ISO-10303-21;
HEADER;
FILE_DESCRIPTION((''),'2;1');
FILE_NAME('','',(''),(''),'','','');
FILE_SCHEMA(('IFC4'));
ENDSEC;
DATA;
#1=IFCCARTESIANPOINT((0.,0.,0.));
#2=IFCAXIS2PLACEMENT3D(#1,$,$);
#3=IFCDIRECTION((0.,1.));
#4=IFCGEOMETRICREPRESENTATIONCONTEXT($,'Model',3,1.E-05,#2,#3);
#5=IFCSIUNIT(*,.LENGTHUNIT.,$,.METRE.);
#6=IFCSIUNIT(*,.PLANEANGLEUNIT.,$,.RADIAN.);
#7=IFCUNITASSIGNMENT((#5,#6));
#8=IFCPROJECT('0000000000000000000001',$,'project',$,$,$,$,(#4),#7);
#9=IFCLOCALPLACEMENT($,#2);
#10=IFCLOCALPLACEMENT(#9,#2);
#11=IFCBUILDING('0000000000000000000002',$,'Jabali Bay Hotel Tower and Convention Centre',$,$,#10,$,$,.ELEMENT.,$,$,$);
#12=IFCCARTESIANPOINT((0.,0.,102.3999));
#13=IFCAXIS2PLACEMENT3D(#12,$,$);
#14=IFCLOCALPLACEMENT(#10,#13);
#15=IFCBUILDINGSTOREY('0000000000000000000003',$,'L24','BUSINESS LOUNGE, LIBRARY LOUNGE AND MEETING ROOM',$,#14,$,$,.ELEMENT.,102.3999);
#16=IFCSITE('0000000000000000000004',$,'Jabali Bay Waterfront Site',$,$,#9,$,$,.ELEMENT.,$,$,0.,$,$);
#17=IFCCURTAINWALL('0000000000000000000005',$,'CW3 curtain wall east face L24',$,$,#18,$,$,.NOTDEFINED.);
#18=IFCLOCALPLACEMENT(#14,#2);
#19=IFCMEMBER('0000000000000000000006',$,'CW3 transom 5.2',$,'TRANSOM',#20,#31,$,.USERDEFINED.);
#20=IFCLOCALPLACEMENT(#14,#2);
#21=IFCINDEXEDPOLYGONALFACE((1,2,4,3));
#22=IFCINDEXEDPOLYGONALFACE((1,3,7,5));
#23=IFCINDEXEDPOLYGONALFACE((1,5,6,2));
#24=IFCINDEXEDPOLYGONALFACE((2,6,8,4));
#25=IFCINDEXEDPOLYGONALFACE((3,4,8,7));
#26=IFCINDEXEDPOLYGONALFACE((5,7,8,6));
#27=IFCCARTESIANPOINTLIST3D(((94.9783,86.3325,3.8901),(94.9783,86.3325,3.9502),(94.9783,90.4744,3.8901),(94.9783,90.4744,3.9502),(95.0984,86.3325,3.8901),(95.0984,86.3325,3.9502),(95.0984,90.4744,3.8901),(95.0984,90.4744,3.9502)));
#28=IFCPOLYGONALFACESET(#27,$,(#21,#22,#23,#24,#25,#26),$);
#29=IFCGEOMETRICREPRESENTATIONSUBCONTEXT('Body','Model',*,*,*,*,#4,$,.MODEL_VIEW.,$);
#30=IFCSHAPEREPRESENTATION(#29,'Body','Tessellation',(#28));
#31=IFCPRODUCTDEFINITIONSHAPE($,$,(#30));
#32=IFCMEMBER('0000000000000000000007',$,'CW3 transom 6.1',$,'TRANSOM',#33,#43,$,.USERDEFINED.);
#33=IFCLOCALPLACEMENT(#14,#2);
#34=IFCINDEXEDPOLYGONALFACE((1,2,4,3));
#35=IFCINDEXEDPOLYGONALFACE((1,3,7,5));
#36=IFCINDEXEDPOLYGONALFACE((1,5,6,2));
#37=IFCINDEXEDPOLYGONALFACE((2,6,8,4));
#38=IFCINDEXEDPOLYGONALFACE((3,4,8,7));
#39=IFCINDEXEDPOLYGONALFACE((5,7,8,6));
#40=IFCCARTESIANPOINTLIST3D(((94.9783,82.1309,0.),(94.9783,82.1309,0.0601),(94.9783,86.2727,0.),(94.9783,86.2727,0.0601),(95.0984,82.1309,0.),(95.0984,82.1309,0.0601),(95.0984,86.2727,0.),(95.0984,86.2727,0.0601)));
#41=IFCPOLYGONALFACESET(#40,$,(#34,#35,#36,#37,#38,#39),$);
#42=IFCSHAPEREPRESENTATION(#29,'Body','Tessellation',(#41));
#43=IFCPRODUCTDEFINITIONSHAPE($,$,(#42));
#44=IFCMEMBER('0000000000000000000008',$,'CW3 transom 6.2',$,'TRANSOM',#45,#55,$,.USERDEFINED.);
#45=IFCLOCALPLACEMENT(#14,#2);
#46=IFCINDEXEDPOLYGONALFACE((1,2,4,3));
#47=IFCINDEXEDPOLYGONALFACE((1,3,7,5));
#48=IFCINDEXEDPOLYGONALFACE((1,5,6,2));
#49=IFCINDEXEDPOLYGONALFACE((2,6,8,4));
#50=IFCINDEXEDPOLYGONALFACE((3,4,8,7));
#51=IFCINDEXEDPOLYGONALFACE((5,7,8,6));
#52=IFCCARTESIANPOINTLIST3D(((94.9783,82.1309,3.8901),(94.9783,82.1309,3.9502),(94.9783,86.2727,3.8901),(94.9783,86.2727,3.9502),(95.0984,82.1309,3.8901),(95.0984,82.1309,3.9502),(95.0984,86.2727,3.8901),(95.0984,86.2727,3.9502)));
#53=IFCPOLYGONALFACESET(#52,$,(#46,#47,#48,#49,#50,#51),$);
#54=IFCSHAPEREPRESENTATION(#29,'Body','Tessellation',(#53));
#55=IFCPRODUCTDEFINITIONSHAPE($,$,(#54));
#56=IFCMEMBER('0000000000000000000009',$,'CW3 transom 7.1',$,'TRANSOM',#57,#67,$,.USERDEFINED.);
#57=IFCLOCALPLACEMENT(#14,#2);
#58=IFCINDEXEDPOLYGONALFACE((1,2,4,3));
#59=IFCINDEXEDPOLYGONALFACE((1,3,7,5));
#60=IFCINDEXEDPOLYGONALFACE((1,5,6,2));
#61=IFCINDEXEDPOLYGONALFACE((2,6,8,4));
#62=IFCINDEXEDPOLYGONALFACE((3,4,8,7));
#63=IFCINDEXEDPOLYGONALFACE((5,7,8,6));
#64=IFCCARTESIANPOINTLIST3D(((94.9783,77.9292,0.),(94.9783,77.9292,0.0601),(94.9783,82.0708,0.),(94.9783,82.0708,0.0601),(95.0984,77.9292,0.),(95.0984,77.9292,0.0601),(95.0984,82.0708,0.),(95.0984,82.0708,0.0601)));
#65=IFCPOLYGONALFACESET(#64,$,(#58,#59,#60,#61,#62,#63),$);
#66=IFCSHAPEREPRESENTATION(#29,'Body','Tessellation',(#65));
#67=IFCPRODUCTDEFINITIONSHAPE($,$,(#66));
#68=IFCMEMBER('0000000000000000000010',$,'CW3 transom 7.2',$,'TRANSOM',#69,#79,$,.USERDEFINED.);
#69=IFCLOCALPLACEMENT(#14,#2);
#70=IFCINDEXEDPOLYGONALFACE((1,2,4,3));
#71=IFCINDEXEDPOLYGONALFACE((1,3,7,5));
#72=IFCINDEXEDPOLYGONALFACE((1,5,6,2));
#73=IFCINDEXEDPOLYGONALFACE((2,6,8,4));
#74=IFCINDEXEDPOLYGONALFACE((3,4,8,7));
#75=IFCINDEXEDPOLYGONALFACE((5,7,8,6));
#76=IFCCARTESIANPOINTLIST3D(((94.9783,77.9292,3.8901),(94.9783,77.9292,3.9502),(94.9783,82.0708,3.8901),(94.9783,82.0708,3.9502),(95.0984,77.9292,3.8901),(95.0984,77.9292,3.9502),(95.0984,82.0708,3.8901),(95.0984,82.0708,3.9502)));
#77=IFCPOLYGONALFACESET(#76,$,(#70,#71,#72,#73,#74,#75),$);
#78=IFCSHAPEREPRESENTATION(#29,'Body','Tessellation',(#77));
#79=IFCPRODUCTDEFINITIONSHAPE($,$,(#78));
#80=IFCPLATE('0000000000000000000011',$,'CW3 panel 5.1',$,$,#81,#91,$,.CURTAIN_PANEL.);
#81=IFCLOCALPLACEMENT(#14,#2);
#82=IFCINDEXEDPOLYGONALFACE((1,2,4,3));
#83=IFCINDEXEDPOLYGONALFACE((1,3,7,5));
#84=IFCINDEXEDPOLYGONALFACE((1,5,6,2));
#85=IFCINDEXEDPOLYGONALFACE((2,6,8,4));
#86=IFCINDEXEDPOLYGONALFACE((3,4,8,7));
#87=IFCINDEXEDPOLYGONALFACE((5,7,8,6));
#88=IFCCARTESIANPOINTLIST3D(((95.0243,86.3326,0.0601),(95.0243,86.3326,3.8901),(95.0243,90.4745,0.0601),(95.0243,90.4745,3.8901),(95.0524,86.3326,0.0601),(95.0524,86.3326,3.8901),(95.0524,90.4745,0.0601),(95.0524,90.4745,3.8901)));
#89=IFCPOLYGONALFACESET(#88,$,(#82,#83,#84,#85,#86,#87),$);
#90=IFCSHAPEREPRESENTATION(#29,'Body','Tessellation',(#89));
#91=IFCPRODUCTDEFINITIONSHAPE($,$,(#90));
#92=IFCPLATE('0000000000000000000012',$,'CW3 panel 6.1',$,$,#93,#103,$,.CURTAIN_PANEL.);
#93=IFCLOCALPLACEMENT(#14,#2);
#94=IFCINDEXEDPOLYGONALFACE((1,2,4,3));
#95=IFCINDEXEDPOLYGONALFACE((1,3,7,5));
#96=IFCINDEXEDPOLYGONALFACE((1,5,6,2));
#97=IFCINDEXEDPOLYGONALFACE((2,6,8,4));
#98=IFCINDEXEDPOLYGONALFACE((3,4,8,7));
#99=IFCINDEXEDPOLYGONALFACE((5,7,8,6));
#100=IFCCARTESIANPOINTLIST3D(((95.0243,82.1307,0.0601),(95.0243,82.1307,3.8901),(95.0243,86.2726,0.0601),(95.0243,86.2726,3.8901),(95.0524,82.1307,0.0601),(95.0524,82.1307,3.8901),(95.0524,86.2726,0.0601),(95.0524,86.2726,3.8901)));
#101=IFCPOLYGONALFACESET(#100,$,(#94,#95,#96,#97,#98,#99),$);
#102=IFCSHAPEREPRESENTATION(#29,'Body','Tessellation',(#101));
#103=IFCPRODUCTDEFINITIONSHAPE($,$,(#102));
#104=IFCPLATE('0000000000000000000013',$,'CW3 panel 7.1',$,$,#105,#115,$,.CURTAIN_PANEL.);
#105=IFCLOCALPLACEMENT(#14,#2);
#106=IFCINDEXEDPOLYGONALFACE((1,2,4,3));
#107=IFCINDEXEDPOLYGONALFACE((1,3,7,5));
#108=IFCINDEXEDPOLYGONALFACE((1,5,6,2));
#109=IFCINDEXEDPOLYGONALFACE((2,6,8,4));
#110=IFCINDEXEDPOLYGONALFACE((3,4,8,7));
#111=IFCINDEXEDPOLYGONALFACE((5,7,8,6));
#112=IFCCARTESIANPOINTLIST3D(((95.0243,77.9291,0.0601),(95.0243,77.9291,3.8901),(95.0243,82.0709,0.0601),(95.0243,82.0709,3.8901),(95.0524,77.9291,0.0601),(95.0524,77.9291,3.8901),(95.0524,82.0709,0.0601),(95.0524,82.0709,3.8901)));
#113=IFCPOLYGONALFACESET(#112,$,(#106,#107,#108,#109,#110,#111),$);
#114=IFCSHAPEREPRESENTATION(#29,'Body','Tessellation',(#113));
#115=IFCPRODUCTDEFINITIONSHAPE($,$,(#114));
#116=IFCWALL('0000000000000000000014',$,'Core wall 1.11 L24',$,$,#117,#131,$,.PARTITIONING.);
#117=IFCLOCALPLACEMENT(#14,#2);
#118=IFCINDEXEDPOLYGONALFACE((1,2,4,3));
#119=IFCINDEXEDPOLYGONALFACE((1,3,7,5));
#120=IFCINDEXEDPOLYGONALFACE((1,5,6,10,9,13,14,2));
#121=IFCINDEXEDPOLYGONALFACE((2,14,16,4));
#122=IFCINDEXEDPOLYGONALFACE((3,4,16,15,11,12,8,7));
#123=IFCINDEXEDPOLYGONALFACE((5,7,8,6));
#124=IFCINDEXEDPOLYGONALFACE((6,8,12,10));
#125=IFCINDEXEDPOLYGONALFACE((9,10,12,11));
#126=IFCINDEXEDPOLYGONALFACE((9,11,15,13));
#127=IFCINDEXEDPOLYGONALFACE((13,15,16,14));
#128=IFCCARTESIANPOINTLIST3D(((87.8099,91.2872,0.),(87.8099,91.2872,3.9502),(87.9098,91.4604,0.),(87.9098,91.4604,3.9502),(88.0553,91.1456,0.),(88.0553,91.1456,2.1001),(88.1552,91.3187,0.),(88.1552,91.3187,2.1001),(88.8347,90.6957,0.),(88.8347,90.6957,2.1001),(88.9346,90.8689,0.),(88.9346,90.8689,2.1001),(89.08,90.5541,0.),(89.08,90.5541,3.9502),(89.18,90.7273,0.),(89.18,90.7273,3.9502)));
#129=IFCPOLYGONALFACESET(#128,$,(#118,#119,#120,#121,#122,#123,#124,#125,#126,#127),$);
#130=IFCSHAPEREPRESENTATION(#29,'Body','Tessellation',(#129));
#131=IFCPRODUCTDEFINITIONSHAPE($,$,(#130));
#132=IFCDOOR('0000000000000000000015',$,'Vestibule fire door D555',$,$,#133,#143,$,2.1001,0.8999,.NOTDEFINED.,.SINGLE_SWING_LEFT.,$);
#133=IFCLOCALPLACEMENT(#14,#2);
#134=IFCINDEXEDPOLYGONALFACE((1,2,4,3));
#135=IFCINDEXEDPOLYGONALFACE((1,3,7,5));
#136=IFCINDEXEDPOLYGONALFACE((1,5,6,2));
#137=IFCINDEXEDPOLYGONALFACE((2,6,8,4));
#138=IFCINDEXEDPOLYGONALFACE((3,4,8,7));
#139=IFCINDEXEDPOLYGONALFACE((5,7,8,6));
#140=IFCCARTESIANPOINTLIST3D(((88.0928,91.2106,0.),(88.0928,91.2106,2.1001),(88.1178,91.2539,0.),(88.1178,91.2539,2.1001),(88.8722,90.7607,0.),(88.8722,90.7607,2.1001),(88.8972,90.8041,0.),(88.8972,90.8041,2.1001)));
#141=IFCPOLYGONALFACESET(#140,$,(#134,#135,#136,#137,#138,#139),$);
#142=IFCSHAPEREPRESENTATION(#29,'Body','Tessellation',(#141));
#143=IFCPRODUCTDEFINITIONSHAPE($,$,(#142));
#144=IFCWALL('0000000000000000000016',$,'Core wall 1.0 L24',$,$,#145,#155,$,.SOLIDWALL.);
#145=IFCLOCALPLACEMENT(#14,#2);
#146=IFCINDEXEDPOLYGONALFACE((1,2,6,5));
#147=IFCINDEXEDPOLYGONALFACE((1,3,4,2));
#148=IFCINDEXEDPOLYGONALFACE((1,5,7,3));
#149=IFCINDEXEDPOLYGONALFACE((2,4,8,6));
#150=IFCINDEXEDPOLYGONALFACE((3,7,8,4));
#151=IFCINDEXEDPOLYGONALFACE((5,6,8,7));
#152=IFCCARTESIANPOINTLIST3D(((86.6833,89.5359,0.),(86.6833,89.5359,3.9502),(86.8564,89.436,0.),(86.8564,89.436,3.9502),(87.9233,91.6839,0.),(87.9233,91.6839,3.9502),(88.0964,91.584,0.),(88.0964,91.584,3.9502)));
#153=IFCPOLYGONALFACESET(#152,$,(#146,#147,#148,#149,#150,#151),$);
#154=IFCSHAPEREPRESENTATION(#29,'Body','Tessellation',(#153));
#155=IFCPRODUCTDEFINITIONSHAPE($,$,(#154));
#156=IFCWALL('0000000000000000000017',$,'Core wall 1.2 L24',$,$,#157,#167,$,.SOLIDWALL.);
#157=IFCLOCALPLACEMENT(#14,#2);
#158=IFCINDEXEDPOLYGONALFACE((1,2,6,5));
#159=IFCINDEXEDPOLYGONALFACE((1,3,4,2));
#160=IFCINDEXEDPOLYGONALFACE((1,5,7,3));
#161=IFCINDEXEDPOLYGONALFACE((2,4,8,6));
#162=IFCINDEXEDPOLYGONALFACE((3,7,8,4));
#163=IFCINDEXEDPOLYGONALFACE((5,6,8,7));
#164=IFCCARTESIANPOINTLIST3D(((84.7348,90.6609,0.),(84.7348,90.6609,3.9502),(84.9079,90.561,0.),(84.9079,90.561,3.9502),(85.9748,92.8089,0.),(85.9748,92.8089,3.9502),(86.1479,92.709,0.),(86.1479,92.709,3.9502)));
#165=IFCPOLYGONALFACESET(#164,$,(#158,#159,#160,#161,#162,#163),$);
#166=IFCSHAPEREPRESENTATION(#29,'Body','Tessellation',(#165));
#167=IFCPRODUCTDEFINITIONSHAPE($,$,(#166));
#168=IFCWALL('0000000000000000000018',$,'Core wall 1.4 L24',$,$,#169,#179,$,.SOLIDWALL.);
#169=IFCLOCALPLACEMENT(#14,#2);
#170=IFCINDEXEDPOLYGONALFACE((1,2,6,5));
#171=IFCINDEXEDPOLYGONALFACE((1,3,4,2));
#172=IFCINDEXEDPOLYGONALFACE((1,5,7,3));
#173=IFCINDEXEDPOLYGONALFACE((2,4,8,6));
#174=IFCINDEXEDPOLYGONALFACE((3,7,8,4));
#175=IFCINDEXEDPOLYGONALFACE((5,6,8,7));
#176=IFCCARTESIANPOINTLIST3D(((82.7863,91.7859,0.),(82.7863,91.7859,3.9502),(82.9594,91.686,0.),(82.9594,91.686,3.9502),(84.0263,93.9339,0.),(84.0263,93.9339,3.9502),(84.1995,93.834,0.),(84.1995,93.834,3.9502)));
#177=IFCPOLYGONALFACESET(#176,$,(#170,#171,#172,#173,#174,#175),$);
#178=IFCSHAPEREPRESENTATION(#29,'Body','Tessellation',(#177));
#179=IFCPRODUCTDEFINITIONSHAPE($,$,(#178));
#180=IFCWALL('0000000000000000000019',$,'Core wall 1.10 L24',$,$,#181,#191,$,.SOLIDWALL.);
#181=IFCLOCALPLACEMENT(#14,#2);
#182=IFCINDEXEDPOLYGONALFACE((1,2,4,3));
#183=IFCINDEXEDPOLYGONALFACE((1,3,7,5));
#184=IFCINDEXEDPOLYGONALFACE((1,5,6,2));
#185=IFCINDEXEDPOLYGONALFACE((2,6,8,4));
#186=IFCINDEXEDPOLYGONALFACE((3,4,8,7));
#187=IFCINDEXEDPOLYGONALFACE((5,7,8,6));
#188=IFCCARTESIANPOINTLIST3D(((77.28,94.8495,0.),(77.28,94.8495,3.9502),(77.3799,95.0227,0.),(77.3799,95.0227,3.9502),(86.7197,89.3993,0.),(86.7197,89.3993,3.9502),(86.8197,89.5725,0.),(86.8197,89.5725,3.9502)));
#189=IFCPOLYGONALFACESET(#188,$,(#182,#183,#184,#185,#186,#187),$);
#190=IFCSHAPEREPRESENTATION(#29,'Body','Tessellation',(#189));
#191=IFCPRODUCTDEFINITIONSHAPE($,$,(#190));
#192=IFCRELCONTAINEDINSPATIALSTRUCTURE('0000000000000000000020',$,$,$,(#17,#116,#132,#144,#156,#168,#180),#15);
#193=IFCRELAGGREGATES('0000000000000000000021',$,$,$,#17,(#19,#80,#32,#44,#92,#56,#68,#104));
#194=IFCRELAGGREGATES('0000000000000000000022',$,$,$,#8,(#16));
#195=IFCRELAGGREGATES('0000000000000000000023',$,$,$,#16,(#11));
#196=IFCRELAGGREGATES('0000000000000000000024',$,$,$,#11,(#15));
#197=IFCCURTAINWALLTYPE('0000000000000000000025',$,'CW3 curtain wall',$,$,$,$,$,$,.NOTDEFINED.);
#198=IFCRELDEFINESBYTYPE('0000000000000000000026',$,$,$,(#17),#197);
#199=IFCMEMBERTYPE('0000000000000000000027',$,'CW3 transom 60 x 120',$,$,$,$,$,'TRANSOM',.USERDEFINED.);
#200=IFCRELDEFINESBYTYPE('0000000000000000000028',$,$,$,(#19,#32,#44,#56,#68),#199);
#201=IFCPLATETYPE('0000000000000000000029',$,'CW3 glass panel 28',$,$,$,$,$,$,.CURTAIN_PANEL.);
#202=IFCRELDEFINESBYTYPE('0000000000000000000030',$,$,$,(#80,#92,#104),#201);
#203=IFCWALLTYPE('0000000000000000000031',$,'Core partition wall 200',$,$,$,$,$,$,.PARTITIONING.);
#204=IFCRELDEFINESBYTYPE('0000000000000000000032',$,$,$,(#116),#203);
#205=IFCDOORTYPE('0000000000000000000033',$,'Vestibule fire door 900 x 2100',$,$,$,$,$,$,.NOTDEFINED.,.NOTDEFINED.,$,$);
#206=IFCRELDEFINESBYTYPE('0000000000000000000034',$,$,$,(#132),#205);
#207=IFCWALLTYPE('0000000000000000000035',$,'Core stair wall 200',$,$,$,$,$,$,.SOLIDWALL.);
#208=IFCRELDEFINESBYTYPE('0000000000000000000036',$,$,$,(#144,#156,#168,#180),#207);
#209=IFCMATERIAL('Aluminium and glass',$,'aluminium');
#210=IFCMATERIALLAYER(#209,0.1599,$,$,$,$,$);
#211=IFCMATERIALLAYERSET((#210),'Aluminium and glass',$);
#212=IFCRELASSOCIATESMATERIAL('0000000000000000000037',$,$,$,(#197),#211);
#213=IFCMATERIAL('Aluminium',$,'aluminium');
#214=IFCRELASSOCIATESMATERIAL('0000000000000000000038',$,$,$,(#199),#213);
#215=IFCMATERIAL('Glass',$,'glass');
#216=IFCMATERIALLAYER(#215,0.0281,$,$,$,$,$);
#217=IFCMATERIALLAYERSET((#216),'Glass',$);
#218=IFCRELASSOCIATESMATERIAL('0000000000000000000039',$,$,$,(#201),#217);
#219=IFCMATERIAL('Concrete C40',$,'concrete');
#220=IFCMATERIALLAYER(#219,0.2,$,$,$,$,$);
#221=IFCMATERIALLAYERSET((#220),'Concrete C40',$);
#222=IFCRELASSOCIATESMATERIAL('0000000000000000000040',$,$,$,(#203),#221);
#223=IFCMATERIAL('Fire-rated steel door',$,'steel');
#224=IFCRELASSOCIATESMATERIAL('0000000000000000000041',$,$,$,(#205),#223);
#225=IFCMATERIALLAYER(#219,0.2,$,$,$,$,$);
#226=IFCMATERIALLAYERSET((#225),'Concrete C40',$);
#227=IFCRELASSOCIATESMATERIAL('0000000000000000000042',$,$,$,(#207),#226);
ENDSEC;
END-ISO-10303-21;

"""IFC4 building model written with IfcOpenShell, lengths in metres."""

from ifc_helpers import new_model, si_unit, direction, frame, frame_2d, origin, origin_2d, place, context, subcontext, project, spatial, rectangle, extrude, material, layer, layer_set, material_profile, profile_set, type_object, element, fill, aggregate, save


model = new_model("IFC4")

# Units and contexts
model_context = context("Model", 3, precision=1e-05, world=origin(), true_north=direction((0.0, 1.0)))
body_context = subcontext(model_context, "Body", "Model", "MODEL_VIEW")
ifc_project = project(units=[si_unit("LENGTHUNIT", "METRE"), si_unit("PLANEANGLEUNIT", "RADIAN")], contexts=[model_context])

# Site, building, storey
site_placement = place(None, origin())
site = spatial("IfcSite", under=ifc_project, at=site_placement, Name="Jabali Bay Waterfront Site", CompositionType="ELEMENT", RefElevation=0.0)
building_placement = place(site_placement, origin())
building = spatial("IfcBuilding", under=site, at=building_placement, Name="Jabali Bay Hotel Tower and Convention Centre", CompositionType="ELEMENT")
storey_placement = place(building_placement, frame((0.0, 0.0, 102.3999)))
storey = spatial("IfcBuildingStorey", under=building, at=storey_placement, Name="L24", Description="BUSINESS LOUNGE, LIBRARY LOUNGE AND MEETING ROOM", CompositionType="ELEMENT", Elevation=102.3999)

# Curtain wall, members, plates
ifc_material_1 = material(Name="Aluminium and glass", Category="aluminium")
ifc_layer_1 = layer(ifc_material_1, 0.1599)
ifc_layer_set_1 = layer_set([ifc_layer_1], Name="Aluminium and glass")
curtain_wall_type = type_object("IfcCurtainWallType", Name="CW3 curtain wall", PredefinedType="NOTDEFINED", material=ifc_layer_set_1)
curtain_wall_placement = place(storey_placement, origin())
curtain_wall = element("IfcCurtainWall", 1, at=curtain_wall_placement, inside=storey, type_object=curtain_wall_type, Name="CW3 curtain wall east face L24", PredefinedType="NOTDEFINED")
ifc_material_2 = material(Name="Aluminium", Category="aluminium")
ifc_material_profile_1 = material_profile(ifc_material_2, rectangle(XDim=0.1201, YDim=0.0601, at=origin_2d()), Name="CW3 transom 60 x 120")
ifc_profile_set_1 = profile_set([ifc_material_profile_1], Name="Aluminium")
member_type_1 = type_object("IfcMemberType", Name="CW3 transom 60 x 120", ElementType="TRANSOM", PredefinedType="USERDEFINED", material=ifc_profile_set_1)
member_1_placement = place(storey_placement, frame((95.0383, 90.4744, 3.9202), z_axis=(0.0, -1.0, 0.0), x_axis=(1.0, 0.0, 0.0)))
member_1 = element("IfcMember", 2, at=member_1_placement, type_object=member_type_1, Name="CW3 transom 5.2", ObjectType="TRANSOM", PredefinedType="USERDEFINED", context=body_context, shape_type="SweptSolid", body=[
    extrude(rectangle(XDim=0.1201, YDim=0.0601, at=origin_2d()), origin(), (0.0, 0.0, 1.0), 4.1418),
])
member_2_placement = place(storey_placement, frame((95.0383, 86.2727, 0.03), z_axis=(0.0, -1.0, 0.0), x_axis=(1.0, 0.0, 0.0)))
member_2 = element("IfcMember", 3, at=member_2_placement, type_object=member_type_1, Name="CW3 transom 6.1", ObjectType="TRANSOM", PredefinedType="USERDEFINED", context=body_context, shape_type="SweptSolid", body=[
    extrude(rectangle(XDim=0.1201, YDim=0.0601, at=origin_2d()), origin(), (0.0, 0.0, 1.0), 4.1418),
])
member_3_placement = place(storey_placement, frame((95.0383, 86.2727, 3.9202), z_axis=(0.0, -1.0, 0.0), x_axis=(1.0, 0.0, 0.0)))
member_3 = element("IfcMember", 4, at=member_3_placement, type_object=member_type_1, Name="CW3 transom 6.2", ObjectType="TRANSOM", PredefinedType="USERDEFINED", context=body_context, shape_type="SweptSolid", body=[
    extrude(rectangle(XDim=0.1201, YDim=0.0601, at=origin_2d()), origin(), (0.0, 0.0, 1.0), 4.1418),
])
member_4_placement = place(storey_placement, frame((95.0383, 82.0708, 0.03), z_axis=(0.0, -1.0, 0.0), x_axis=(1.0, 0.0, 0.0)))
member_4 = element("IfcMember", 5, at=member_4_placement, type_object=member_type_1, Name="CW3 transom 7.1", ObjectType="TRANSOM", PredefinedType="USERDEFINED", context=body_context, shape_type="SweptSolid", body=[
    extrude(rectangle(XDim=0.1201, YDim=0.0601, at=origin_2d()), origin(), (0.0, 0.0, 1.0), 4.1416),
])
member_5_placement = place(storey_placement, frame((95.0383, 82.0708, 3.9202), z_axis=(0.0, -1.0, 0.0), x_axis=(1.0, 0.0, 0.0)))
member_5 = element("IfcMember", 6, at=member_5_placement, type_object=member_type_1, Name="CW3 transom 7.2", ObjectType="TRANSOM", PredefinedType="USERDEFINED", context=body_context, shape_type="SweptSolid", body=[
    extrude(rectangle(XDim=0.1201, YDim=0.0601, at=origin_2d()), origin(), (0.0, 0.0, 1.0), 4.1416),
])
ifc_material_3 = material(Name="Glass", Category="glass")
ifc_layer_2 = layer(ifc_material_3, 0.0281)
ifc_layer_set_2 = layer_set([ifc_layer_2], Name="Glass")
plate_type = type_object("IfcPlateType", Name="CW3 glass panel 28", PredefinedType="CURTAIN_PANEL", material=ifc_layer_set_2)
plate_1_placement = place(storey_placement, frame((95.0383, 88.4036, 0.0601), z_axis=(0.0, 0.0, 1.0), x_axis=(0.0, -1.0, 0.0)))
plate_1 = element("IfcPlate", 7, at=plate_1_placement, type_object=plate_type, Name="CW3 panel 5.1", PredefinedType="CURTAIN_PANEL", context=body_context, shape_type="SweptSolid", body=[
    extrude(rectangle(XDim=4.1418, YDim=0.0281, at=origin_2d()), origin(), (0.0, 0.0, 1.0), 3.8301),
])
plate_2_placement = place(storey_placement, frame((95.0383, 84.2017, 0.0601), z_axis=(0.0, 0.0, 1.0), x_axis=(0.0, -1.0, 0.0)))
plate_2 = element("IfcPlate", 8, at=plate_2_placement, type_object=plate_type, Name="CW3 panel 6.1", PredefinedType="CURTAIN_PANEL", context=body_context, shape_type="SweptSolid", body=[
    extrude(rectangle(XDim=4.1418, YDim=0.0281, at=origin_2d()), origin(), (0.0, 0.0, 1.0), 3.8301),
])
plate_3_placement = place(storey_placement, frame((95.0383, 80.0, 0.0601), z_axis=(0.0, 0.0, 1.0), x_axis=(0.0, -1.0, 0.0)))
plate_3 = element("IfcPlate", 9, at=plate_3_placement, type_object=plate_type, Name="CW3 panel 7.1", PredefinedType="CURTAIN_PANEL", context=body_context, shape_type="SweptSolid", body=[
    extrude(rectangle(XDim=4.1418, YDim=0.0281, at=origin_2d()), origin(), (0.0, 0.0, 1.0), 3.8301),
])
aggregate(curtain_wall, [member_1, plate_1, member_2, member_3, plate_2, member_4, member_5, plate_3])

# Wall, opening, door
ifc_material_4 = material(Name="Concrete C40", Category="concrete")
ifc_layer_3 = layer(ifc_material_4, 0.2)
ifc_layer_set_3 = layer_set([ifc_layer_3], Name="Concrete C40")
wall_type_1 = type_object("IfcWallType", Name="Core partition wall 200", PredefinedType="PARTITIONING", material=ifc_layer_set_3)
wall_1_placement = place(storey_placement, frame((89.1301, 90.6406, 0.0), z_axis=(0.0, 0.0, 1.0), x_axis=(-0.866094, 0.499881, 0.0)))
wall_1 = element("IfcWall", 10, at=wall_1_placement, inside=storey, type_object=wall_type_1, Name="Core wall 1.11 L24", PredefinedType="PARTITIONING", context=body_context, shape_type="SweptSolid", body=[
    extrude(rectangle(XDim=1.4666, YDim=0.2, at=frame_2d((0.7334, 0.0))), origin(), (0.0, 0.0, 1.0), 3.9502),
])
opening_1_placement = place(wall_1_placement, frame((0.2834, 0.0, 0.0)))
opening_1 = element("IfcOpeningElement", 11, at=opening_1_placement, cuts=wall_1, PredefinedType="OPENING", context=body_context, shape_type="SweptSolid", body=[
    extrude(rectangle(XDim=0.8999, YDim=2.1001, at=frame_2d((0.45, 1.05))), frame((0.0, 0.1104, 0.0), z_axis=(0.0, -1.0, 0.0), x_axis=(1.0, 0.0, 0.0)), (0.0, 0.0, 1.0), 0.2209),
])
ifc_material_5 = material(Name="Fire-rated steel door", Category="steel")
door_type_1 = type_object("IfcDoorType", Name="Vestibule fire door 900 x 2100", OperationType="NOTDEFINED", PredefinedType="NOTDEFINED", material=ifc_material_5)
door_1_placement = place(opening_1_placement, origin())
door_1 = element("IfcDoor", 12, at=door_1_placement, inside=storey, type_object=door_type_1, Name="Vestibule fire door D555", OperationType="SINGLE_SWING_LEFT", OverallHeight=2.1001, OverallWidth=0.8999, PredefinedType="NOTDEFINED", context=body_context, shape_type="SweptSolid", body=[
    extrude(rectangle(XDim=0.8999, YDim=2.1001, at=frame_2d((0.45, 1.05))), frame((0.0, 0.0249, 0.0), z_axis=(0.0, -1.0, 0.0), x_axis=(1.0, 0.0, 0.0)), (0.0, 0.0, 1.0), 0.05),
])
fill(opening_1, door_1)

# Walls
ifc_layer_4 = layer(ifc_material_4, 0.2)
ifc_layer_set_4 = layer_set([ifc_layer_4], Name="Concrete C40")
wall_type_2 = type_object("IfcWallType", Name="Core stair wall 200", PredefinedType="SOLIDWALL", material=ifc_layer_set_4)
for number, where, z_axis, x_axis, name in (
    (13, (86.7698, 89.4858, 0.0), (0.0, 0.0, 1.0), (0.499961, 0.866048, 0.0), "Core wall 1.0 L24"),
    (14, (84.8213, 90.6108, 0.0), (0.0, 0.0, 1.0), (0.499961, 0.866048, 0.0), "Core wall 1.2 L24"),
    (15, (82.8728, 91.7358, 0.0), (0.0, 0.0, 1.0), (0.499961, 0.866048, 0.0), "Core wall 1.4 L24"),
):
    element("IfcWall", number, at=place(storey_placement, frame(where, z_axis=z_axis, x_axis=x_axis)), inside=storey, type_object=wall_type_2, Name=name, PredefinedType="SOLIDWALL", context=body_context, shape_type="SweptSolid", body=[
        extrude(rectangle(XDim=2.4802, YDim=0.2, at=frame_2d((1.2402, 0.0))), origin(), (0.0, 0.0, 1.0), 3.9502),
    ])
wall_2_placement = place(storey_placement, frame((86.7698, 89.4858, 0.0), z_axis=(0.0, 0.0, 1.0), x_axis=(-0.866018, 0.500013, 0.0)))
element("IfcWall", 16, at=wall_2_placement, inside=storey, type_object=wall_type_2, Name="Core wall 1.10 L24", PredefinedType="SOLIDWALL", context=body_context, shape_type="SweptSolid", body=[
    extrude(rectangle(XDim=10.9001, YDim=0.2, at=frame_2d((5.4502, 0.0))), origin(), (0.0, 0.0, 1.0), 3.9502),
])

save(model, "model.ifc")
